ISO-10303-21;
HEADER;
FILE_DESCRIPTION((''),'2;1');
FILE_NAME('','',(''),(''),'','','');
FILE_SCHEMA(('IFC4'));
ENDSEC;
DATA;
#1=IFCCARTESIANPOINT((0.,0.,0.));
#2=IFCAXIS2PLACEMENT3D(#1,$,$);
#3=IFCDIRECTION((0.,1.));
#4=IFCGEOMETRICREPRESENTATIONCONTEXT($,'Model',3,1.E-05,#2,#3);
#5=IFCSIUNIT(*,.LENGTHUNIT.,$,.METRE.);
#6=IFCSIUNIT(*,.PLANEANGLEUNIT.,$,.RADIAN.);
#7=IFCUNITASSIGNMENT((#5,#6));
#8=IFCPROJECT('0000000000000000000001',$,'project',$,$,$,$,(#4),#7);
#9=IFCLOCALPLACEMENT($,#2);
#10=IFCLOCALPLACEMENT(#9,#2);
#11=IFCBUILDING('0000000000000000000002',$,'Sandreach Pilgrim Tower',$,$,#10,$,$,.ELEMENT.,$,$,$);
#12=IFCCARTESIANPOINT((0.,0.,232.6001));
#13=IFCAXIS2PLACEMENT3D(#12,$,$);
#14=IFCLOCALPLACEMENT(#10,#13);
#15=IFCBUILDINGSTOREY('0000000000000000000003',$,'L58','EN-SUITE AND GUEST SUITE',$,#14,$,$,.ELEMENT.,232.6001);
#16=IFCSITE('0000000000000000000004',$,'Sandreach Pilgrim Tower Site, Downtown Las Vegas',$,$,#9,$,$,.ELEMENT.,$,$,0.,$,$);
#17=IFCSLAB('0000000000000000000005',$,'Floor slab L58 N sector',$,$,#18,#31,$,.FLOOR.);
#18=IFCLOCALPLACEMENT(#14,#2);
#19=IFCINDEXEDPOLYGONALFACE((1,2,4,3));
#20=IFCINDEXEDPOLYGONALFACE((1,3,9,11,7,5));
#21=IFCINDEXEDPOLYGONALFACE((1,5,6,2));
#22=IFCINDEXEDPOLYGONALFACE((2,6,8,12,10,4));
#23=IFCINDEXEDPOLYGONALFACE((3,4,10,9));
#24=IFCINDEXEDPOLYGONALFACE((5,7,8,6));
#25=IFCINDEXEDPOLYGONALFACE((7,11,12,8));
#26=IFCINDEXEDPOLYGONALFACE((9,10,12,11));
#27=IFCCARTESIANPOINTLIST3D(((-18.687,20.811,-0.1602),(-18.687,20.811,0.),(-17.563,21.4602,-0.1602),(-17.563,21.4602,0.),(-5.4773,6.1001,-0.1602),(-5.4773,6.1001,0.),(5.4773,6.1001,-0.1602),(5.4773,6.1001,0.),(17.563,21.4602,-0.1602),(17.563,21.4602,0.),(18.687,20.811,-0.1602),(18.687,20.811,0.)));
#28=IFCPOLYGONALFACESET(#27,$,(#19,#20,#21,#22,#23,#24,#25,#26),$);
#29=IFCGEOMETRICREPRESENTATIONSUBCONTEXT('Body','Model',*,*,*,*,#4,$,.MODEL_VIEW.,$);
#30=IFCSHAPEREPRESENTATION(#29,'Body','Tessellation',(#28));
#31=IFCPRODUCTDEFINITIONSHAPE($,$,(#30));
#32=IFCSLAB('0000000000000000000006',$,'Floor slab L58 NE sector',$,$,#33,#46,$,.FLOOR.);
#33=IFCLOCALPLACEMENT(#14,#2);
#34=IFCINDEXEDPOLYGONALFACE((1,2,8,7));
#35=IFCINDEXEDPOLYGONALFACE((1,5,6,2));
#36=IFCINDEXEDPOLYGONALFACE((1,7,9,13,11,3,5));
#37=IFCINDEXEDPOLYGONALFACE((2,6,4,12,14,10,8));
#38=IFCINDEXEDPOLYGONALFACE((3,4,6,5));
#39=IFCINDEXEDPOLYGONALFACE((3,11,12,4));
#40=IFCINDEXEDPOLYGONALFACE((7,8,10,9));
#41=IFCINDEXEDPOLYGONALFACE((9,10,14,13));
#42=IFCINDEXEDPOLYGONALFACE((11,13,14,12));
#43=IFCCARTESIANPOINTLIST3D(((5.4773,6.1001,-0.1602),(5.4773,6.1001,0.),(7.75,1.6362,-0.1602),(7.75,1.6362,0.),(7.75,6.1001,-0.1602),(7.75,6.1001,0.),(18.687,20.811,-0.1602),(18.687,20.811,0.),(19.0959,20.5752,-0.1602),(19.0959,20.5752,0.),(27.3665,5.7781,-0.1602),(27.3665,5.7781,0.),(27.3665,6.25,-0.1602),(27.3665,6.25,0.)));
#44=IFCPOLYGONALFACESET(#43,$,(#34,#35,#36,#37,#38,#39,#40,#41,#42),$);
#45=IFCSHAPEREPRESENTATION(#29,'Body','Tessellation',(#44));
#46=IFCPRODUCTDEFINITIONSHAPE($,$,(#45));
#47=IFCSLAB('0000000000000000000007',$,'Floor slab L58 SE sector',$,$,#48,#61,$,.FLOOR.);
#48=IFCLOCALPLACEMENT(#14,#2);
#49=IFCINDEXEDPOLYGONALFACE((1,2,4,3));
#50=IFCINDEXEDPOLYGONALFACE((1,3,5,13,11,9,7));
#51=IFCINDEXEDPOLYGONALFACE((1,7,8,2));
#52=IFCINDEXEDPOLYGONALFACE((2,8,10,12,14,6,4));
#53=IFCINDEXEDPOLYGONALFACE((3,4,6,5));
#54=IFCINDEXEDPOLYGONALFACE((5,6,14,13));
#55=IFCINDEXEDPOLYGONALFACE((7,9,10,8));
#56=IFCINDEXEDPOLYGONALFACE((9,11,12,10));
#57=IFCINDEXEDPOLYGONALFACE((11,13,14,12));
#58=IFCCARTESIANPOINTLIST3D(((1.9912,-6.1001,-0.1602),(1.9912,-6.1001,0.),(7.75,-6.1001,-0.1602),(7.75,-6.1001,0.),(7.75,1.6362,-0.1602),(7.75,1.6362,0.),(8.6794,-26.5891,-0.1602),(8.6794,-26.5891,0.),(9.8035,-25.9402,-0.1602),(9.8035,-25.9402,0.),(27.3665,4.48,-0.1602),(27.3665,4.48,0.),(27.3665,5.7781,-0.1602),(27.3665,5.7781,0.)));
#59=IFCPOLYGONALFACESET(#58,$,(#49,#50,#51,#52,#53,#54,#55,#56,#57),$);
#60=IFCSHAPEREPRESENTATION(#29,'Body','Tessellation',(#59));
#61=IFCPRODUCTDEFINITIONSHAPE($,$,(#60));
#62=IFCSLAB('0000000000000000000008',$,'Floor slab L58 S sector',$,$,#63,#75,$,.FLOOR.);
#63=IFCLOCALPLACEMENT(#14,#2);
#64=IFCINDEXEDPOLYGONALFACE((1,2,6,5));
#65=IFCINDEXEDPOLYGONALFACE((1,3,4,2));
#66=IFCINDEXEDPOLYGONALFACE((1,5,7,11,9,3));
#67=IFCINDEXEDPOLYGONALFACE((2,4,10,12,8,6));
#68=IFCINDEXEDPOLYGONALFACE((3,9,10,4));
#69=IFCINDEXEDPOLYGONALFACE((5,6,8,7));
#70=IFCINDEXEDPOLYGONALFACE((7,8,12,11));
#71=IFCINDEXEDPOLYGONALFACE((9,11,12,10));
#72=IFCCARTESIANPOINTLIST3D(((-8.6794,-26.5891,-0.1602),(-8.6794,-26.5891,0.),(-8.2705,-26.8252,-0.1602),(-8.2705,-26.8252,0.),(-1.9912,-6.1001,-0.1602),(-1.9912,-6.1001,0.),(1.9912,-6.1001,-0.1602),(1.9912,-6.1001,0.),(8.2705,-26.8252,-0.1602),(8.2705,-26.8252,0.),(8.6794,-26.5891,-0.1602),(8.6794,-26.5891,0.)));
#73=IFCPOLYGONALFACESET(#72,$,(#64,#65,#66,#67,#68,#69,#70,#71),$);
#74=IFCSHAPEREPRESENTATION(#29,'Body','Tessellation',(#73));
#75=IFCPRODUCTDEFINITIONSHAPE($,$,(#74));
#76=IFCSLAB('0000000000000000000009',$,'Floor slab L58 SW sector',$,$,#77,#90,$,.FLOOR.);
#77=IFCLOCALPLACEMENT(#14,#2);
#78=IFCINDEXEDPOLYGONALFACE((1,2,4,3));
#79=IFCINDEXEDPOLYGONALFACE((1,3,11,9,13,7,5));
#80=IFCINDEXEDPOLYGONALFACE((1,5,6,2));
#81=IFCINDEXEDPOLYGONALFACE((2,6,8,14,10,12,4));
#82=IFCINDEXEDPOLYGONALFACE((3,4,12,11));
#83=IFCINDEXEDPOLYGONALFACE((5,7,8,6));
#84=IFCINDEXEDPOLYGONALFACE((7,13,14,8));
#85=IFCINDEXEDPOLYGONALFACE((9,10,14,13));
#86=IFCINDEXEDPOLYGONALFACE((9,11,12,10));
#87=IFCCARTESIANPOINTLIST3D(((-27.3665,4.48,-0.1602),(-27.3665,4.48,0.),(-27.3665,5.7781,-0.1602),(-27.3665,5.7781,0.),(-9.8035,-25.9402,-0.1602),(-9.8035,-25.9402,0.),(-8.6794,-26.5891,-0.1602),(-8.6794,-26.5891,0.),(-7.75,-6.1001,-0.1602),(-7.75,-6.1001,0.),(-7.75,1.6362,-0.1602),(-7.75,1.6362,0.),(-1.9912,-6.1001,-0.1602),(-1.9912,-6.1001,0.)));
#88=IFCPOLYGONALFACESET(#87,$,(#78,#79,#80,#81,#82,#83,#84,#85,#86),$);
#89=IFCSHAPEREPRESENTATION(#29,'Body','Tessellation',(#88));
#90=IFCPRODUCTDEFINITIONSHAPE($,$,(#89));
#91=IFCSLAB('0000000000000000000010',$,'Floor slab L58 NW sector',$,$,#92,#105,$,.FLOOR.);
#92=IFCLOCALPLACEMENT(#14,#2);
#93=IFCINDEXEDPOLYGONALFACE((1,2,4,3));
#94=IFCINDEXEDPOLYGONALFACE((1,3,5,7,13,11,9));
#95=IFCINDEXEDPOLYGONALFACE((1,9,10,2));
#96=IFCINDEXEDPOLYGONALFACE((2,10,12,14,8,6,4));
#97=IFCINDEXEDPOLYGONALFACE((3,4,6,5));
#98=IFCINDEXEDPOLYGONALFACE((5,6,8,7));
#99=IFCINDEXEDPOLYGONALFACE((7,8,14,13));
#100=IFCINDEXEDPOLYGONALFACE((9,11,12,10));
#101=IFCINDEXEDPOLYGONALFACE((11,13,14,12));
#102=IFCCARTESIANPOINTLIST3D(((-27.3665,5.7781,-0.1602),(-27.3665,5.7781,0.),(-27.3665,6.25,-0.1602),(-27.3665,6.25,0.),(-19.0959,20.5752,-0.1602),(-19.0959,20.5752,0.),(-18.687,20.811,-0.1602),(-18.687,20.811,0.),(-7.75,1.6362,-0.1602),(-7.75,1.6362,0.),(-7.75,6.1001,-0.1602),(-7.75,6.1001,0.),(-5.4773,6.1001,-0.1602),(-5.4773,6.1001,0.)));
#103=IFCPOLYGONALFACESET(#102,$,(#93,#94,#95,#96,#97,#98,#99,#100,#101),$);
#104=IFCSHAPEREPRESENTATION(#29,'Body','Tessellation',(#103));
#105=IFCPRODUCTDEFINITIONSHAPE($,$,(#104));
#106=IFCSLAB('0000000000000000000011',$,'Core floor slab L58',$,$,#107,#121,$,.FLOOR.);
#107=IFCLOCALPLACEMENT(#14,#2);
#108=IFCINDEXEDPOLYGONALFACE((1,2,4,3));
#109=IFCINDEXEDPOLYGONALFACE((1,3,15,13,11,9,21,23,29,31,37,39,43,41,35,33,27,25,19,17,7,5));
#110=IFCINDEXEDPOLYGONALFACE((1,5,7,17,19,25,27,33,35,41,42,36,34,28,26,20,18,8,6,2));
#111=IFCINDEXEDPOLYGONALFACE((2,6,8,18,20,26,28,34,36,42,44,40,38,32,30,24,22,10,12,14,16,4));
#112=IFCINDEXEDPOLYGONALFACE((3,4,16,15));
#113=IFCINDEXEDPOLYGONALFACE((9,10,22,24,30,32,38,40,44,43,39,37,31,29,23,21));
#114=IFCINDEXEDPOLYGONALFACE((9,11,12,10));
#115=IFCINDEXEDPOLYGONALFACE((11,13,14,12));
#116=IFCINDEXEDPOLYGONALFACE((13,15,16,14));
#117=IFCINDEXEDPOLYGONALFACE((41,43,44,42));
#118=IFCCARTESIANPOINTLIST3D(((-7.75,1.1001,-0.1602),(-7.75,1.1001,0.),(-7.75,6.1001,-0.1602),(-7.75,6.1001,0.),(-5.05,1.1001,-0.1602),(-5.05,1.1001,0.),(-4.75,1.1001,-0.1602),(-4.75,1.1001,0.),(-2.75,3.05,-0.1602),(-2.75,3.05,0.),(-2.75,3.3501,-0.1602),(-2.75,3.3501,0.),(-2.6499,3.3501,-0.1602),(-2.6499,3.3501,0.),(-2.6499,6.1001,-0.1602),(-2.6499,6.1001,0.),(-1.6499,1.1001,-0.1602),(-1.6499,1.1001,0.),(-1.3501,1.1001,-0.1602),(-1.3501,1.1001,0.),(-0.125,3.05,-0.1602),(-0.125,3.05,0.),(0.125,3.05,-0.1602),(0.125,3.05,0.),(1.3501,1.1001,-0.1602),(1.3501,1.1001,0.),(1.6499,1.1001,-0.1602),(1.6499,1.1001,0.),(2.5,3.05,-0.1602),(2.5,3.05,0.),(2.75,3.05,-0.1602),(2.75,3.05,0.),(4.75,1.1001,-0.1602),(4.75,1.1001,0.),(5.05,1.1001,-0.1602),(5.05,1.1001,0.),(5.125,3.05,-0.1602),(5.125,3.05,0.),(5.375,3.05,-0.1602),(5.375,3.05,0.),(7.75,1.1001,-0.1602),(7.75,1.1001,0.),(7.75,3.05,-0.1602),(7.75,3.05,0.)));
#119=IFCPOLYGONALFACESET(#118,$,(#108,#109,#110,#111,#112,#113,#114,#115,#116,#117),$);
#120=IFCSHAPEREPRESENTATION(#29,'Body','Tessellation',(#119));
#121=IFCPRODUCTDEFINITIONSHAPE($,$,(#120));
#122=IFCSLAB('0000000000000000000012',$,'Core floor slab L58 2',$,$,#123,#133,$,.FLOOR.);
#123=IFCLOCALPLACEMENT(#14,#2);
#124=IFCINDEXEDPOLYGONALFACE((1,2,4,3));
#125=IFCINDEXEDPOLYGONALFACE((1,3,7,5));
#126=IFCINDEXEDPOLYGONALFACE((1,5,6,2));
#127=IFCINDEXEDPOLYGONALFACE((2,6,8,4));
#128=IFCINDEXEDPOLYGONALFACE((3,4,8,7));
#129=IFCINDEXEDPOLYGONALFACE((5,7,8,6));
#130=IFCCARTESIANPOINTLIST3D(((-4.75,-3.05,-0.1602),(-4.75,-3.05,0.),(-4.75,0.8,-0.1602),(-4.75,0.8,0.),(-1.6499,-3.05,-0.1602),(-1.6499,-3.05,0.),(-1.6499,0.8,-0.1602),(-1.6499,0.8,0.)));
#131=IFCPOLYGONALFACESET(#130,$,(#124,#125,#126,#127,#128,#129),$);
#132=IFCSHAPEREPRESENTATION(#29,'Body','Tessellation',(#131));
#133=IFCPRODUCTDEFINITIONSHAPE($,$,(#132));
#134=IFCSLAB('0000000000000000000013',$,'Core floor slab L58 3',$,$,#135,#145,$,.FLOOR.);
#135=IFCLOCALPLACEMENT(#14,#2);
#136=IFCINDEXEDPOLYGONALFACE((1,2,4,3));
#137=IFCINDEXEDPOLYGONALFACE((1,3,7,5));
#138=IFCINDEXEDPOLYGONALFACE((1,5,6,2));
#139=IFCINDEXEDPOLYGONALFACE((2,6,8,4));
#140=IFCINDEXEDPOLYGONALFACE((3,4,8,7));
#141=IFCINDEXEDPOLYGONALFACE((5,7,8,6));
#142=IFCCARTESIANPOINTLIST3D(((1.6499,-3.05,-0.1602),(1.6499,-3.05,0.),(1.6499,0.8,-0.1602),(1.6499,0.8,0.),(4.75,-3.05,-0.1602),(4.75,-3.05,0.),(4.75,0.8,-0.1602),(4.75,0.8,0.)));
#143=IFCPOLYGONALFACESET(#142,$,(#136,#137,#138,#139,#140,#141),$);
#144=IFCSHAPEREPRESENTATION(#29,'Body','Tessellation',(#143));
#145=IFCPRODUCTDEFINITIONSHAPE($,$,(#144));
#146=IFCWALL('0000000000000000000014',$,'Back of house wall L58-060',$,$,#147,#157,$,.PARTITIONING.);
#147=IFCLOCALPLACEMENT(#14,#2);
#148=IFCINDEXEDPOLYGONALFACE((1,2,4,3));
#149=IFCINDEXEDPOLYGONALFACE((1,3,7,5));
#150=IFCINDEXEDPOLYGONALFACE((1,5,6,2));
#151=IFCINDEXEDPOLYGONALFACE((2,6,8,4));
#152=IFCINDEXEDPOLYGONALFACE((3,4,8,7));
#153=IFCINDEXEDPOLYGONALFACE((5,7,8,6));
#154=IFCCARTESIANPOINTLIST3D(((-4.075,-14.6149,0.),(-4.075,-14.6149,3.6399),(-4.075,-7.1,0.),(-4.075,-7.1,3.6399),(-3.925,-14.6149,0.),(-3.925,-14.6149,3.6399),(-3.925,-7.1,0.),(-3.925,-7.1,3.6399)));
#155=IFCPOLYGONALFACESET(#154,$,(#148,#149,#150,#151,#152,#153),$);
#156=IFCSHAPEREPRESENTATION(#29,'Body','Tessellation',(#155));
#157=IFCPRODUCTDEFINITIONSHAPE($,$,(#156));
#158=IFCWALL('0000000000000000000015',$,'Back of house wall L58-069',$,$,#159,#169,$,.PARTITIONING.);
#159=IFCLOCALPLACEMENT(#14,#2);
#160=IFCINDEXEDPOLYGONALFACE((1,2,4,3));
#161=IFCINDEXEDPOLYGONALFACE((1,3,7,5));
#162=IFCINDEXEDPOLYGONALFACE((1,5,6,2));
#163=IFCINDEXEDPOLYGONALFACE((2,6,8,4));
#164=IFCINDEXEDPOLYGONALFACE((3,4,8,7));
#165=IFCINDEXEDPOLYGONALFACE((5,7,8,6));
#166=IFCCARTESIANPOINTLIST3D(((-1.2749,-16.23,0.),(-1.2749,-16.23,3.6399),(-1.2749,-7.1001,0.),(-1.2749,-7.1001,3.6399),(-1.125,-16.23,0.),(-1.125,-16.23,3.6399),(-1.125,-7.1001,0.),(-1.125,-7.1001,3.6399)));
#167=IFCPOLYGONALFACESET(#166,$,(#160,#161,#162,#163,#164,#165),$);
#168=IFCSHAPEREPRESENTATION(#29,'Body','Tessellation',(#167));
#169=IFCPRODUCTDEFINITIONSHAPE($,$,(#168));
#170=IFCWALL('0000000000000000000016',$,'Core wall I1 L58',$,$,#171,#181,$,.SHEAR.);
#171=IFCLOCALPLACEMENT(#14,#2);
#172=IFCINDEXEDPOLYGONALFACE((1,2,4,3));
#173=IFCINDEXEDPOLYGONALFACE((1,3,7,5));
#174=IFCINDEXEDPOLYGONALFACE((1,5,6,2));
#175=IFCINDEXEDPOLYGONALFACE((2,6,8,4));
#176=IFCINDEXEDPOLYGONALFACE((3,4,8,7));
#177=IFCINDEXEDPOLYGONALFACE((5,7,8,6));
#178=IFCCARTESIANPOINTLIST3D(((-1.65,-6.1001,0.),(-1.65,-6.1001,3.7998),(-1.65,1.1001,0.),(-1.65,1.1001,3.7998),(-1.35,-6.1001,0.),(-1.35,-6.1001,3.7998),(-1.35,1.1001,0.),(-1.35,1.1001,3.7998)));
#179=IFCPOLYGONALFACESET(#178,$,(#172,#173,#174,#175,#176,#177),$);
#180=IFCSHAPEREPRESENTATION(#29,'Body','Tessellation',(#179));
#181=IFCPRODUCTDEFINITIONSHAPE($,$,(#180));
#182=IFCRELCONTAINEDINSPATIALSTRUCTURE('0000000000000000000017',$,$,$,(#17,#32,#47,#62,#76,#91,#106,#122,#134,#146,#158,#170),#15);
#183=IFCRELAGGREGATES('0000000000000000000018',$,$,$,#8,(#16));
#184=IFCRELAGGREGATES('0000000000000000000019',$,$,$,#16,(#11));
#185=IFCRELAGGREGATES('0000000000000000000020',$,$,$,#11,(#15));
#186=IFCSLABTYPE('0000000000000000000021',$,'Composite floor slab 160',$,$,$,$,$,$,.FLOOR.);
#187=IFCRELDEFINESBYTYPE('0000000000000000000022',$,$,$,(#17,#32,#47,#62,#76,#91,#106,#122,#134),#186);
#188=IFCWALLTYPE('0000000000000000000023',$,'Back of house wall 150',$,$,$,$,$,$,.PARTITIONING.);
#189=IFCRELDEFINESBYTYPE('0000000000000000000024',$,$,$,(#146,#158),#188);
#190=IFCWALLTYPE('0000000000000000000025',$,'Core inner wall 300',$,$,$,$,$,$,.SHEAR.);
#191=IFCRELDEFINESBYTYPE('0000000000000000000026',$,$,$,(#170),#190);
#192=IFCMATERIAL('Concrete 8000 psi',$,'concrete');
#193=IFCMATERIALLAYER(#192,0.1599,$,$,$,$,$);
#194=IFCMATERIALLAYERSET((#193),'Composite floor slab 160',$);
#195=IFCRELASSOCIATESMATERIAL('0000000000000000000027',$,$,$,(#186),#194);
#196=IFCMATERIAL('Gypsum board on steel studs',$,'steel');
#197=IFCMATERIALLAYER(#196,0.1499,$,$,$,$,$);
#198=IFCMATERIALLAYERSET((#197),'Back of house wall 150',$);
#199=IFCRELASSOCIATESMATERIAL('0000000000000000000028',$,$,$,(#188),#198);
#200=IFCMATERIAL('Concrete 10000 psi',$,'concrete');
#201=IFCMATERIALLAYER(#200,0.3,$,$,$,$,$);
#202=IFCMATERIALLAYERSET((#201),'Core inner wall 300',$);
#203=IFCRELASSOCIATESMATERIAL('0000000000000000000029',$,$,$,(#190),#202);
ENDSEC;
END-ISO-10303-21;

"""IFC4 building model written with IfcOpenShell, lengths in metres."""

from ifc_helpers import new_model, si_unit, direction, frame, frame_2d, origin, place, context, subcontext, project, spatial, polyline, rectangle, outline, extrude, material, layer, layer_set, type_object, element, save


model = new_model("IFC4")

# Units and contexts
model_context = context("Model", 3, precision=1e-05, world=origin(), true_north=direction((0.0, 1.0)))
body_context = subcontext(model_context, "Body", "Model", "MODEL_VIEW")
ifc_project = project(units=[si_unit("LENGTHUNIT", "METRE"), si_unit("PLANEANGLEUNIT", "RADIAN")], contexts=[model_context])

# Site, building, storey
site_placement = place(None, origin())
site = spatial("IfcSite", under=ifc_project, at=site_placement, Name="Sandreach Pilgrim Tower Site, Downtown Las Vegas", CompositionType="ELEMENT", RefElevation=0.0)
building_placement = place(site_placement, origin())
building = spatial("IfcBuilding", under=site, at=building_placement, Name="Sandreach Pilgrim Tower", CompositionType="ELEMENT")
storey_placement = place(building_placement, frame((0.0, 0.0, 232.6001)))
storey = spatial("IfcBuildingStorey", under=building, at=storey_placement, Name="L58", Description="EN-SUITE AND GUEST SUITE", CompositionType="ELEMENT", Elevation=232.6001)

# Slabs
ifc_material_1 = material(Name="Concrete 8000 psi", Category="concrete")
ifc_layer_1 = layer(ifc_material_1, 0.1599)
ifc_layer_set_1 = layer_set([ifc_layer_1], Name="Composite floor slab 160")
slab_type = type_object("IfcSlabType", Name="Composite floor slab 160", PredefinedType="FLOOR", material=ifc_layer_set_1)
slab_1_placement = place(storey_placement, frame((0.0, 0.0, -0.1602)))
element("IfcSlab", 1, at=slab_1_placement, inside=storey, type_object=slab_type, Name="Floor slab L58 N sector", PredefinedType="FLOOR", context=body_context, shape_type="SweptSolid", body=[
    extrude(outline(polyline([(-17.563, 21.4602), (17.563, 21.4602), (18.687, 20.811), (5.4773, 6.1001), (-5.4773, 6.1001), (-18.687, 20.811), (-17.563, 21.4602)])), origin(), (0.0, 0.0, 1.0), 0.1602),
])
slab_2_placement = place(storey_placement, frame((0.0, 0.0, -0.1602)))
element("IfcSlab", 2, at=slab_2_placement, inside=storey, type_object=slab_type, Name="Floor slab L58 NE sector", PredefinedType="FLOOR", context=body_context, shape_type="SweptSolid", body=[
    extrude(outline(polyline([(19.0959, 20.5752), (27.3665, 6.25), (27.3665, 5.7781), (7.75, 1.6362), (7.75, 6.1001), (5.4773, 6.1001), (18.687, 20.811), (19.0959, 20.5752)])), origin(), (0.0, 0.0, 1.0), 0.1602),
])
slab_3_placement = place(storey_placement, frame((0.0, 0.0, -0.1602)))
element("IfcSlab", 3, at=slab_3_placement, inside=storey, type_object=slab_type, Name="Floor slab L58 SE sector", PredefinedType="FLOOR", context=body_context, shape_type="SweptSolid", body=[
    extrude(outline(polyline([(27.3665, 4.48), (9.8035, -25.9402), (8.6794, -26.5891), (1.9912, -6.1001), (7.75, -6.1001), (7.75, 1.6362), (27.3665, 5.7781), (27.3665, 4.48)])), origin(), (0.0, 0.0, 1.0), 0.1602),
])
slab_4_placement = place(storey_placement, frame((0.0, 0.0, -0.1602)))
element("IfcSlab", 4, at=slab_4_placement, inside=storey, type_object=slab_type, Name="Floor slab L58 S sector", PredefinedType="FLOOR", context=body_context, shape_type="SweptSolid", body=[
    extrude(outline(polyline([(8.2705, -26.8252), (-8.2705, -26.8252), (-8.6794, -26.5891), (-1.9912, -6.1001), (1.9912, -6.1001), (8.6794, -26.5891), (8.2705, -26.8252)])), origin(), (0.0, 0.0, 1.0), 0.1602),
])
slab_5_placement = place(storey_placement, frame((0.0, 0.0, -0.1602)))
element("IfcSlab", 5, at=slab_5_placement, inside=storey, type_object=slab_type, Name="Floor slab L58 SW sector", PredefinedType="FLOOR", context=body_context, shape_type="SweptSolid", body=[
    extrude(outline(polyline([(-9.8035, -25.9402), (-27.3665, 4.48), (-27.3665, 5.7781), (-7.75, 1.6362), (-7.75, -6.1001), (-1.9912, -6.1001), (-8.6794, -26.5891), (-9.8035, -25.9402)])), origin(), (0.0, 0.0, 1.0), 0.1602),
])
slab_6_placement = place(storey_placement, frame((0.0, 0.0, -0.1602)))
element("IfcSlab", 6, at=slab_6_placement, inside=storey, type_object=slab_type, Name="Floor slab L58 NW sector", PredefinedType="FLOOR", context=body_context, shape_type="SweptSolid", body=[
    extrude(outline(polyline([(-27.3665, 6.25), (-19.0959, 20.5752), (-18.687, 20.811), (-5.4773, 6.1001), (-7.75, 6.1001), (-7.75, 1.6362), (-27.3665, 5.7781), (-27.3665, 6.25)])), origin(), (0.0, 0.0, 1.0), 0.1602),
])
slab_7_placement = place(storey_placement, frame((0.0, 0.0, -0.1602)))
element("IfcSlab", 7, at=slab_7_placement, inside=storey, type_object=slab_type, Name="Core floor slab L58", PredefinedType="FLOOR", context=body_context, shape_type="SweptSolid", body=[
    extrude(outline(polyline([(-2.75, 3.3501), (-2.75, 3.05), (-0.125, 3.05), (0.125, 3.05), (2.5, 3.05), (2.75, 3.05), (5.125, 3.05), (5.375, 3.05), (7.75, 3.05), (7.75, 1.1001), (5.05, 1.1001), (4.75, 1.1001), (1.6499, 1.1001), (1.3501, 1.1001), (-1.3501, 1.1001), (-1.6499, 1.1001), (-4.75, 1.1001), (-5.05, 1.1001), (-7.75, 1.1001), (-7.75, 6.1001), (-2.6499, 6.1001), (-2.6499, 3.3501), (-2.75, 3.3501)])), origin(), (0.0, 0.0, 1.0), 0.1602),
])
slab_8_placement = place(storey_placement, frame((0.0, 0.0, -0.1602)))
element("IfcSlab", 8, at=slab_8_placement, inside=storey, type_object=slab_type, Name="Core floor slab L58 2", PredefinedType="FLOOR", context=body_context, shape_type="SweptSolid", body=[
    extrude(outline(polyline([(-1.6499, -3.05), (-4.75, -3.05), (-4.75, 0.8), (-1.6499, 0.8), (-1.6499, -3.05)])), origin(), (0.0, 0.0, 1.0), 0.1602),
])
slab_9_placement = place(storey_placement, frame((0.0, 0.0, -0.1602)))
element("IfcSlab", 9, at=slab_9_placement, inside=storey, type_object=slab_type, Name="Core floor slab L58 3", PredefinedType="FLOOR", context=body_context, shape_type="SweptSolid", body=[
    extrude(outline(polyline([(4.75, -3.05), (1.6499, -3.05), (1.6499, 0.8), (4.75, 0.8), (4.75, -3.05)])), origin(), (0.0, 0.0, 1.0), 0.1602),
])

# Walls
ifc_material_2 = material(Name="Gypsum board on steel studs", Category="steel")
ifc_layer_2 = layer(ifc_material_2, 0.1499)
ifc_layer_set_2 = layer_set([ifc_layer_2], Name="Back of house wall 150")
wall_type_1 = type_object("IfcWallType", Name="Back of house wall 150", PredefinedType="PARTITIONING", material=ifc_layer_set_2)
wall_1_placement = place(storey_placement, frame((-4.0, -7.1001, 0.0), z_axis=(0.0, 0.0, 1.0), x_axis=(0.0, -1.0, 0.0)))
element("IfcWall", 10, at=wall_1_placement, inside=storey, type_object=wall_type_1, Name="Back of house wall L58-060", PredefinedType="PARTITIONING", context=body_context, shape_type="SweptSolid", body=[
    extrude(rectangle(XDim=7.5149, YDim=0.1499, at=frame_2d((3.7573, 0.0))), origin(), (0.0, 0.0, 1.0), 3.6399),
])
wall_2_placement = place(storey_placement, frame((-1.2, -7.1001, 0.0), z_axis=(0.0, 0.0, 1.0), x_axis=(0.0, -1.0, 0.0)))
element("IfcWall", 11, at=wall_2_placement, inside=storey, type_object=wall_type_1, Name="Back of house wall L58-069", PredefinedType="PARTITIONING", context=body_context, shape_type="SweptSolid", body=[
    extrude(rectangle(XDim=9.1299, YDim=0.1499, at=frame_2d((4.5649, 0.0))), origin(), (0.0, 0.0, 1.0), 3.6399),
])
ifc_material_3 = material(Name="Concrete 10000 psi", Category="concrete")
ifc_layer_3 = layer(ifc_material_3, 0.3)
ifc_layer_set_3 = layer_set([ifc_layer_3], Name="Core inner wall 300")
wall_type_2 = type_object("IfcWallType", Name="Core inner wall 300", PredefinedType="SHEAR", material=ifc_layer_set_3)
wall_3_placement = place(storey_placement, frame((-1.5, -6.1001, 0.0), z_axis=(0.0, 0.0, 1.0), x_axis=(0.0, 1.0, 0.0)))
element("IfcWall", 12, at=wall_3_placement, inside=storey, type_object=wall_type_2, Name="Core wall I1 L58", PredefinedType="SHEAR", context=body_context, shape_type="SweptSolid", body=[
    extrude(rectangle(XDim=7.2002, YDim=0.3, at=frame_2d((3.6001, 0.0))), origin(), (0.0, 0.0, 1.0), 3.7998),
])

save(model, "model.ifc")
